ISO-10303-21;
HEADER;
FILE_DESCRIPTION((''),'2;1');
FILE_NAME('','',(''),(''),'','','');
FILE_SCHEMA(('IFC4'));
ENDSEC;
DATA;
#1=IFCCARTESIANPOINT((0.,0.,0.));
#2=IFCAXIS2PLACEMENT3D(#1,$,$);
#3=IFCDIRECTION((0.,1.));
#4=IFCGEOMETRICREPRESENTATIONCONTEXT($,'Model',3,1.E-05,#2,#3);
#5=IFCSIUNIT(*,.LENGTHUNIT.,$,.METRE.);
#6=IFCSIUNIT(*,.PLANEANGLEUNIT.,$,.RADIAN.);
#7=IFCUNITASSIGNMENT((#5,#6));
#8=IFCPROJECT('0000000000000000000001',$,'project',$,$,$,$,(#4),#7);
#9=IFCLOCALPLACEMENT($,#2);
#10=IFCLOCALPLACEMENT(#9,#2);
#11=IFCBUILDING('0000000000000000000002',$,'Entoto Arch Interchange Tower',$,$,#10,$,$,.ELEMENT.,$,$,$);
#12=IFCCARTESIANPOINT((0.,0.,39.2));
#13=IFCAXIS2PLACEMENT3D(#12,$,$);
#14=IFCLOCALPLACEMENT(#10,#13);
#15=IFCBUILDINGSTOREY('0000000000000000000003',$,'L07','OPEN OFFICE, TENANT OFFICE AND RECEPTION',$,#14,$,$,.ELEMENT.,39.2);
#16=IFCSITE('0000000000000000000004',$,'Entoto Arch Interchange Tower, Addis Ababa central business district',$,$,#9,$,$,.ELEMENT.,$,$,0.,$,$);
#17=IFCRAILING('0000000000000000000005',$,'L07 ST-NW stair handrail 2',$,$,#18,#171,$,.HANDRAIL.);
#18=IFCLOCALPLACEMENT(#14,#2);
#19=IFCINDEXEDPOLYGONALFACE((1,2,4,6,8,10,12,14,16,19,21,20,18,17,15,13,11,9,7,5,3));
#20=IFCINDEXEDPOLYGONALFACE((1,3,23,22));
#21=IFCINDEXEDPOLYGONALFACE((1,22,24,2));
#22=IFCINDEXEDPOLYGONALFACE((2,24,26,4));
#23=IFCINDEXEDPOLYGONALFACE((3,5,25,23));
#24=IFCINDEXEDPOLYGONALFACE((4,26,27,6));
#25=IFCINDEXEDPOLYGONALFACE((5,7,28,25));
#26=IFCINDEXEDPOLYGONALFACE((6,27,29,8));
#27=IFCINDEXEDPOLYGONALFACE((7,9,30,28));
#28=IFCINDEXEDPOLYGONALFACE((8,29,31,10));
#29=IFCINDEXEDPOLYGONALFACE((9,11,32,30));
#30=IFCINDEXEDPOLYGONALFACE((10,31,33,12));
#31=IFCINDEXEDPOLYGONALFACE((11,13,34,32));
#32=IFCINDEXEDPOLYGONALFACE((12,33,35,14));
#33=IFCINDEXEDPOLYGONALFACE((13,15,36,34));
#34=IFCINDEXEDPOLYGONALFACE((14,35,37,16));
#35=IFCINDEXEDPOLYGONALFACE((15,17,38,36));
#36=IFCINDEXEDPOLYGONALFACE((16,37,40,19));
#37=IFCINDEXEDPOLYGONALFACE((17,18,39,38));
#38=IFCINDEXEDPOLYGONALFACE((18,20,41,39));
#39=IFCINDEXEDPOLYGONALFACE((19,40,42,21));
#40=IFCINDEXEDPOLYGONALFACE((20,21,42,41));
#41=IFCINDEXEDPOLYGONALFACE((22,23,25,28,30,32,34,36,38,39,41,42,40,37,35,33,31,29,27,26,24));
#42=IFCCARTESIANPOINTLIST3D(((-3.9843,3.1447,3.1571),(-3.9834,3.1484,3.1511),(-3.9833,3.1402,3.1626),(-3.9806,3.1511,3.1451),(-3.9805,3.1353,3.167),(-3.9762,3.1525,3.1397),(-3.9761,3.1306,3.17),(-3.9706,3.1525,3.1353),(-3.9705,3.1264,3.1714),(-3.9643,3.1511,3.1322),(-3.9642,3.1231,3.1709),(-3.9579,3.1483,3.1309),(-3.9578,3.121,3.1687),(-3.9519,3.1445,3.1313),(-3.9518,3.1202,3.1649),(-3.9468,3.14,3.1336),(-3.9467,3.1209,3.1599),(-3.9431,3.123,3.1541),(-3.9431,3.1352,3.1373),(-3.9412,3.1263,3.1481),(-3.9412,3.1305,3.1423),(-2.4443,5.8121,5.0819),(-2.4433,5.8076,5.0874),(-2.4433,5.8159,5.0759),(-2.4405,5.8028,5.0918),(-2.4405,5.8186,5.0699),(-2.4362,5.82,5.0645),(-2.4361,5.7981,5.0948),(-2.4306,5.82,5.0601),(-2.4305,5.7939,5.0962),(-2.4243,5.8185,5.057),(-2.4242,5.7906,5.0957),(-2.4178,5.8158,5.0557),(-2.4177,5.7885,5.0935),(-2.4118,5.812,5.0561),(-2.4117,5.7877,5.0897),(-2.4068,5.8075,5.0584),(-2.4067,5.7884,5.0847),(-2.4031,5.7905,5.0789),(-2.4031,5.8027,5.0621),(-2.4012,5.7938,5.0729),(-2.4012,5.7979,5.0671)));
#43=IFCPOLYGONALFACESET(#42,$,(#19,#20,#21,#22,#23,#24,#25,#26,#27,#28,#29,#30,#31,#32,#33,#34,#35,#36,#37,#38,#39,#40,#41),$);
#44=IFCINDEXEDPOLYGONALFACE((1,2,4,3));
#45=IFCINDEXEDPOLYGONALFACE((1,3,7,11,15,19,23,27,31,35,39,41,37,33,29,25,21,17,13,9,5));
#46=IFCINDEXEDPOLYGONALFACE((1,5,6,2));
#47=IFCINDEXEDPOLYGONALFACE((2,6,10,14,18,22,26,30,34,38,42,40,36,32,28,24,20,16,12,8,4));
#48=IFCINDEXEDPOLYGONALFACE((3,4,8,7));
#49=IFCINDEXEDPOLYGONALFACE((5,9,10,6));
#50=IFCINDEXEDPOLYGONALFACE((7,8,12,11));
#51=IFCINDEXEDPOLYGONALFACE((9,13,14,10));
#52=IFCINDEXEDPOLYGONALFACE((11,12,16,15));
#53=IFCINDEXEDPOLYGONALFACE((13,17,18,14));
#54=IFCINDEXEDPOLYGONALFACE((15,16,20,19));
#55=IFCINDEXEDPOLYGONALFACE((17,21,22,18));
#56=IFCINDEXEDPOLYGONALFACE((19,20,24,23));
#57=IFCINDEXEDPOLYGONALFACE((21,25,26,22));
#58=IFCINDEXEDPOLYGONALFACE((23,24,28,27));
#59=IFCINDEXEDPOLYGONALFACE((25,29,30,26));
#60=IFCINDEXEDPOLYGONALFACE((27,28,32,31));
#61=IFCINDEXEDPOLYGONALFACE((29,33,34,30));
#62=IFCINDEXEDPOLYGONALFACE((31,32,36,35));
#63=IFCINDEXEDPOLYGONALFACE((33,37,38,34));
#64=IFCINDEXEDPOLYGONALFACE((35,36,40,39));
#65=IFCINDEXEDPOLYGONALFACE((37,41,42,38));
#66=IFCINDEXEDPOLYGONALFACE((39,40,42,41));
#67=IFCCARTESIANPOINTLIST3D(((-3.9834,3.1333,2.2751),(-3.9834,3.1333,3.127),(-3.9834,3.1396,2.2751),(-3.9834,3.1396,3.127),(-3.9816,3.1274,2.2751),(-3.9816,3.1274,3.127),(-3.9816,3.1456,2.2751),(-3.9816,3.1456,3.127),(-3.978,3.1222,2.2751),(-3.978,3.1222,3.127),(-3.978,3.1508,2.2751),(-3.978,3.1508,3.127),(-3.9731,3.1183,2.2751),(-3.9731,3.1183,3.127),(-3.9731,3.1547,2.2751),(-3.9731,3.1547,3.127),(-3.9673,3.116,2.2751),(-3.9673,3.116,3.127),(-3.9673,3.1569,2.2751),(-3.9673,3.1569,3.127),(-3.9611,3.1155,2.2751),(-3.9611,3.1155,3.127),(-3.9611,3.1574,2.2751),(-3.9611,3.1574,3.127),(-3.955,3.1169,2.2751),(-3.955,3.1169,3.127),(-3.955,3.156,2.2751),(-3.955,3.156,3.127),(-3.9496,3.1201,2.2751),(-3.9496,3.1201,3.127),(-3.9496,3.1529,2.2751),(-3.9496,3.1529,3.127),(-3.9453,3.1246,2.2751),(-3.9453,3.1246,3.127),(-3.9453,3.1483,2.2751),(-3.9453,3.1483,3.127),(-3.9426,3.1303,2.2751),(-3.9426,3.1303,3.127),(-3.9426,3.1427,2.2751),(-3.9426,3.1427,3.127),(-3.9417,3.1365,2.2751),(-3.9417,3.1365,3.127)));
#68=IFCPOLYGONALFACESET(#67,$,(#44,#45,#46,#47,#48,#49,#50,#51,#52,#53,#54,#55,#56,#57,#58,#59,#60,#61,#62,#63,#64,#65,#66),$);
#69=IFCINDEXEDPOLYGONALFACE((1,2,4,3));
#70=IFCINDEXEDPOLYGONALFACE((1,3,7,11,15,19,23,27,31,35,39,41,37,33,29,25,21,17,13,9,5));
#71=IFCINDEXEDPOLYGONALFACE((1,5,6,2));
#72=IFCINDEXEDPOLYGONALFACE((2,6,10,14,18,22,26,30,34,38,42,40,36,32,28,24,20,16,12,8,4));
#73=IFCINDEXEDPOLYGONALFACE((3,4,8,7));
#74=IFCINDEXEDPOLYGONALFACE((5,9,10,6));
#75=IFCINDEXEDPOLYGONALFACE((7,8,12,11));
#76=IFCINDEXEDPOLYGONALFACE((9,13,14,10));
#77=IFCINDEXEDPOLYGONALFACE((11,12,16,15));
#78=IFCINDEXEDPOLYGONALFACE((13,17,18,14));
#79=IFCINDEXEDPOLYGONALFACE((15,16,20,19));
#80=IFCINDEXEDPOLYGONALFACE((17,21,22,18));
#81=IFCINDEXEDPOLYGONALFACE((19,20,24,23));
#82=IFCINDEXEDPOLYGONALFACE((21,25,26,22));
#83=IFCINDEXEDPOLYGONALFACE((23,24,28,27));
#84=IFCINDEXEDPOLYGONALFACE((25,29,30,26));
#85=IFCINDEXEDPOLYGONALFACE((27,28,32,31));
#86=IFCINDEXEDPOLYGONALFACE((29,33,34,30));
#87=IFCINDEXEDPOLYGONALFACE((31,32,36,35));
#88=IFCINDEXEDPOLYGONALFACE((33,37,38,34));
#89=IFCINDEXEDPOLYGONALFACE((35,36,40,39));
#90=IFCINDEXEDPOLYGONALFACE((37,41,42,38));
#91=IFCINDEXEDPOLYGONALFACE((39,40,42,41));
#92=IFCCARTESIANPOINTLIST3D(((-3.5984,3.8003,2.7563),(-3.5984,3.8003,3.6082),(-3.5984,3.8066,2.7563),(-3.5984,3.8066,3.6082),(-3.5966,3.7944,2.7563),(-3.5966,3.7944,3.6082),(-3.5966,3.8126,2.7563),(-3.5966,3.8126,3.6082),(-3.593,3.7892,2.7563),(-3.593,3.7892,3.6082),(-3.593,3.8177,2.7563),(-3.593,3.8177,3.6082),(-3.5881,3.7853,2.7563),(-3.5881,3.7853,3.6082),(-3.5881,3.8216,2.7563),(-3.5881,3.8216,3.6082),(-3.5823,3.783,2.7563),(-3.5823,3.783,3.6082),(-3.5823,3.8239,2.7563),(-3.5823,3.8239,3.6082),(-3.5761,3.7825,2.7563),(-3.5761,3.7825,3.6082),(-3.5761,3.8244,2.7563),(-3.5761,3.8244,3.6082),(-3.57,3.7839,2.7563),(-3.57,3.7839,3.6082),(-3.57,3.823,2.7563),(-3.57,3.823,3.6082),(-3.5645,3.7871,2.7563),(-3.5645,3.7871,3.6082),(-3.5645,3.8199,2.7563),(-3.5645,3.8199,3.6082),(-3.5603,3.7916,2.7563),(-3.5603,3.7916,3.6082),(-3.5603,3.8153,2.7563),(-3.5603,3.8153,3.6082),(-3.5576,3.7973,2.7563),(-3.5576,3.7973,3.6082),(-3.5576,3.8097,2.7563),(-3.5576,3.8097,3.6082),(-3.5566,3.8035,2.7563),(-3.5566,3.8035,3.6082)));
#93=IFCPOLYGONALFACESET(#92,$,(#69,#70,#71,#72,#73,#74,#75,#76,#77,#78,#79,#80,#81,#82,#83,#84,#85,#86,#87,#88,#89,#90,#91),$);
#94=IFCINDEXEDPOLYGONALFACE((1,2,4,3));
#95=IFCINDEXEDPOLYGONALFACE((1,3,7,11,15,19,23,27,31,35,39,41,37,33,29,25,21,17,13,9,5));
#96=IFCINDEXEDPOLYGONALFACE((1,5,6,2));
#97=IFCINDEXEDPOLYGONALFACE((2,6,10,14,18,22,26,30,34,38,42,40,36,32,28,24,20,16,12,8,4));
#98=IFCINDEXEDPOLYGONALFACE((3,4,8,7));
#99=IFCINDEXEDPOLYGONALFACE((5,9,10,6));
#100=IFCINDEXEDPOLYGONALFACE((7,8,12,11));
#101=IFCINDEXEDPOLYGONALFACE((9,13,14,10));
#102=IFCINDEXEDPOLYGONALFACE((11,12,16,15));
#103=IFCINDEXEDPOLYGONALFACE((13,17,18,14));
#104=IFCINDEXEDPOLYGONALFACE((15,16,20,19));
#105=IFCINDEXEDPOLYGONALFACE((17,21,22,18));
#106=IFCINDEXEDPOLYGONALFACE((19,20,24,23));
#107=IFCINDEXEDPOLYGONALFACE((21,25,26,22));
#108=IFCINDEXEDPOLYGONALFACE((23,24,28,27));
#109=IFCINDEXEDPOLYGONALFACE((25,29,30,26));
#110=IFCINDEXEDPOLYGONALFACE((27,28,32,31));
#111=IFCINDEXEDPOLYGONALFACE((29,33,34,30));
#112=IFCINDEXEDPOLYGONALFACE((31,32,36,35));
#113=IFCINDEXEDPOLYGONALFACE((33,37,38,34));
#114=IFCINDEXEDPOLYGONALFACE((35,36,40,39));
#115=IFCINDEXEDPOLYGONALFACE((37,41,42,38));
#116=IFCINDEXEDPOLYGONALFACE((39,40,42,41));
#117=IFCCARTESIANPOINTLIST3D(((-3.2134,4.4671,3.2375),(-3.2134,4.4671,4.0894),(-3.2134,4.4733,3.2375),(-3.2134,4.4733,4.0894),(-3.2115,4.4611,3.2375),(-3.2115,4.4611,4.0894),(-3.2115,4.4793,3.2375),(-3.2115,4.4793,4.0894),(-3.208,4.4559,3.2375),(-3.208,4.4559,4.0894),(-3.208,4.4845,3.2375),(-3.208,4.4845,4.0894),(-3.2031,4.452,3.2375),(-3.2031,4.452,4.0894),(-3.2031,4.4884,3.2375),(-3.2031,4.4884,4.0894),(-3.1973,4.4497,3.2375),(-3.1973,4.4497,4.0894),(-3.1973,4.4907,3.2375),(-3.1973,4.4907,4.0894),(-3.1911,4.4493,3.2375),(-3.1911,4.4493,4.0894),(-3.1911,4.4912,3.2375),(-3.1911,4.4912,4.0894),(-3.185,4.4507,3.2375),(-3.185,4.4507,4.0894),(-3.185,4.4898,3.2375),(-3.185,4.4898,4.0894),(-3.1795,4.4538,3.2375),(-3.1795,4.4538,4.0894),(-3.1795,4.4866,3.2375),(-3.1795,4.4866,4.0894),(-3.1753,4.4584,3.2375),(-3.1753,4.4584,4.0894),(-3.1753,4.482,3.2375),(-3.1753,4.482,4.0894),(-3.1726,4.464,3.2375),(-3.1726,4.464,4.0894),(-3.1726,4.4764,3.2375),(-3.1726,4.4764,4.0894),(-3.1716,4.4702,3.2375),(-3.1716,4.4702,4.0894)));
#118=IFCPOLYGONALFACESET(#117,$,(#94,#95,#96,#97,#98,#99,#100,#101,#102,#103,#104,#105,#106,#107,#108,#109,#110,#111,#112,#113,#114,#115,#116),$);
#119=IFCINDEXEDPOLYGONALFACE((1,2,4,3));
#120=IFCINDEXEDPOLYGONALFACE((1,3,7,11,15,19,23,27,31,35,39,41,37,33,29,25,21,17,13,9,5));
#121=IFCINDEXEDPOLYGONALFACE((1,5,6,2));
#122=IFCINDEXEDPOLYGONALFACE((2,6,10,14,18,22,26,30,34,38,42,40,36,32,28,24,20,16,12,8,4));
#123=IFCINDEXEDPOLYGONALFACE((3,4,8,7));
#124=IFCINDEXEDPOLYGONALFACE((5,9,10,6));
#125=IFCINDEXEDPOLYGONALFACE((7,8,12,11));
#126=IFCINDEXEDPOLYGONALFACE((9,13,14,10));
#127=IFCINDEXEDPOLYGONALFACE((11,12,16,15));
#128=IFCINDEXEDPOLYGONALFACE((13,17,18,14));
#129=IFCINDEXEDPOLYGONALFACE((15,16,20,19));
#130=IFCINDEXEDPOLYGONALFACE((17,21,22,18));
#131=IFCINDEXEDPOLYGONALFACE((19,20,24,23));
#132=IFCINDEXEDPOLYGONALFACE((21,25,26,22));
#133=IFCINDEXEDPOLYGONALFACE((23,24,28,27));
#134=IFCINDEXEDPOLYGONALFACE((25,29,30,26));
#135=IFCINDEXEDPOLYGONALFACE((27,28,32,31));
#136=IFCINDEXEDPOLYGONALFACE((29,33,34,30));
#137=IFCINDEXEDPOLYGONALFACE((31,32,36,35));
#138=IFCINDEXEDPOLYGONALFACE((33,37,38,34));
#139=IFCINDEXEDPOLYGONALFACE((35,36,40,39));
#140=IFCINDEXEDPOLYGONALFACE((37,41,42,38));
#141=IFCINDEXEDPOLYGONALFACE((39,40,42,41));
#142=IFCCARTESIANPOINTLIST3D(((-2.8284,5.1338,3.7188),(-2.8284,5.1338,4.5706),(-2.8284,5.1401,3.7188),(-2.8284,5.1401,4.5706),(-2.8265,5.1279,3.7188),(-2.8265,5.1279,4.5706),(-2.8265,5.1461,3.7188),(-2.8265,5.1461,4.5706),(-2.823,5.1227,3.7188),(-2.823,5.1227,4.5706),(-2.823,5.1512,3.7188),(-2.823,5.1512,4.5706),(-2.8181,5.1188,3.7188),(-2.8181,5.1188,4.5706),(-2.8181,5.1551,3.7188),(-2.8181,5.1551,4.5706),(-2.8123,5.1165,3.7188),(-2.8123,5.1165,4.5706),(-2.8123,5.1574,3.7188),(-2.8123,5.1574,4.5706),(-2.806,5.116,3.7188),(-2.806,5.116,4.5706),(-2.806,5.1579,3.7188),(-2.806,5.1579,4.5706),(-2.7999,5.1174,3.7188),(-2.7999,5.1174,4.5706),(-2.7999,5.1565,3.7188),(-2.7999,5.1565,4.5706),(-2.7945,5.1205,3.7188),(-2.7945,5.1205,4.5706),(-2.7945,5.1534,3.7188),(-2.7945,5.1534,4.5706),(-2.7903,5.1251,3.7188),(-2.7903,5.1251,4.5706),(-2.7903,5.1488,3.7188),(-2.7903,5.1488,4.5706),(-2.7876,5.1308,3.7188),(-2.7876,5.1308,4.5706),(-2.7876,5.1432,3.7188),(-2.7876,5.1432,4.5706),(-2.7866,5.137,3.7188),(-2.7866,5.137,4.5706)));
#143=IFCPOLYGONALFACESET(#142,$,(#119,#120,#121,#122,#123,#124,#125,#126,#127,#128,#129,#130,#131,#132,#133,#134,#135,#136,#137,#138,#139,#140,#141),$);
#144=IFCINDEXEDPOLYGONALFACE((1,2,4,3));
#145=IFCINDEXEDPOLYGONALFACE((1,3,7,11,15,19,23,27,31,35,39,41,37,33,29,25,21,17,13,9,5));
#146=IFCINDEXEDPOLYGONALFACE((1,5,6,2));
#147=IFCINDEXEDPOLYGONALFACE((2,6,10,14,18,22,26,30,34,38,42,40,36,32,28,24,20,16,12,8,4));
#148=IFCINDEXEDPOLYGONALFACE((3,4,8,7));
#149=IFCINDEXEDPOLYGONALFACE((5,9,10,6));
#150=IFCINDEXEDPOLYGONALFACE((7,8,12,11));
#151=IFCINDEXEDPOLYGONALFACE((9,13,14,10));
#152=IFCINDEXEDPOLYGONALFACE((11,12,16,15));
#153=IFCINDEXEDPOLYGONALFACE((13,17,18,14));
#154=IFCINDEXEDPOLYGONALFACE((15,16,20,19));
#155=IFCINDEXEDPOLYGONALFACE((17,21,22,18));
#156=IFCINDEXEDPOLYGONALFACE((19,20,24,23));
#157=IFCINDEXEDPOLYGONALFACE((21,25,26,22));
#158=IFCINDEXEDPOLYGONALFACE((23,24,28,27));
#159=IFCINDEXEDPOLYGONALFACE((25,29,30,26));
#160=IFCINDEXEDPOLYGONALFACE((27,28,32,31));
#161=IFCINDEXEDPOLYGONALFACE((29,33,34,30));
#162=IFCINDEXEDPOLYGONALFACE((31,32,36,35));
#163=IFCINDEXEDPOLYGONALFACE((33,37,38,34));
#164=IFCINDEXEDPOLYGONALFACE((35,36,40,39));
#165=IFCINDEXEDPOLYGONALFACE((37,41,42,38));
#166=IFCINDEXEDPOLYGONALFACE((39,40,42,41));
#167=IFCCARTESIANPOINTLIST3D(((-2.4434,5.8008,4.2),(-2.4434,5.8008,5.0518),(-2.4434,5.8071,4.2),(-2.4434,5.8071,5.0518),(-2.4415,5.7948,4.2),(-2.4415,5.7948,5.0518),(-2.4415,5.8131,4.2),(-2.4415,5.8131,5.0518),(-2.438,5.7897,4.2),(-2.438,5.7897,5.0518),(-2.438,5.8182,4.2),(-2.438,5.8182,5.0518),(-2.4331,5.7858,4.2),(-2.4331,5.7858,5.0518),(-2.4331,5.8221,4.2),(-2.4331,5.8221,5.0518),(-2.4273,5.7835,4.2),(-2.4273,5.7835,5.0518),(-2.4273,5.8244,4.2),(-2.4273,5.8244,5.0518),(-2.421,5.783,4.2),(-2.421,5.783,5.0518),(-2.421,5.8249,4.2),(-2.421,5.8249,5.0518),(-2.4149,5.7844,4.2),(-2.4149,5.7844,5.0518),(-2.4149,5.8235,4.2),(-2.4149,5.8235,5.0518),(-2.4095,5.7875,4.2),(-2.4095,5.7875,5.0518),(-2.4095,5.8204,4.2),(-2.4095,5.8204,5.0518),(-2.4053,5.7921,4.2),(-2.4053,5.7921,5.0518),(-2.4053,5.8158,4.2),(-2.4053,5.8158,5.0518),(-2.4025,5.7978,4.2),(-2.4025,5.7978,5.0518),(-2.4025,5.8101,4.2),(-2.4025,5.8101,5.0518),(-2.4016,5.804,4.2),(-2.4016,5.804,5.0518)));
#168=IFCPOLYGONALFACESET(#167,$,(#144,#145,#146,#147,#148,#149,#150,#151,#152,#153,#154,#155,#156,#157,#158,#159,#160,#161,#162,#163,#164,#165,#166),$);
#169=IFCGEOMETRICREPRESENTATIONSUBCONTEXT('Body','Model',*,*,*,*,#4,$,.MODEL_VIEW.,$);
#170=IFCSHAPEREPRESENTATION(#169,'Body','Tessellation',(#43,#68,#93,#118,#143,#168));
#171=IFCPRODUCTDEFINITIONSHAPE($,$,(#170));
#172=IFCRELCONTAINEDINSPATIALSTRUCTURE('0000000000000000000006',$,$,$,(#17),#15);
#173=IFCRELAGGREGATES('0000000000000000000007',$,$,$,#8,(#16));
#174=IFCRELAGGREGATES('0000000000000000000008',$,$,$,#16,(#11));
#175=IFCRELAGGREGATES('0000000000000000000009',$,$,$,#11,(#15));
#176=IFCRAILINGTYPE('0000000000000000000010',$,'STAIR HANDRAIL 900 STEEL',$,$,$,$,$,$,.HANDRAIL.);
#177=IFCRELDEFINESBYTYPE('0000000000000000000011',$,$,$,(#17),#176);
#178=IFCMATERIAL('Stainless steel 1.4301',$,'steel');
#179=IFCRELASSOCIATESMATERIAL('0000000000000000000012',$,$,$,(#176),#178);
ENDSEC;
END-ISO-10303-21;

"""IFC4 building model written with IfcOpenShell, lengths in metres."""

from ifc_helpers import new_model, si_unit, direction, frame, origin, origin_2d, place, context, subcontext, project, spatial, circle, extrude, material, type_object, element, save


model = new_model("IFC4")

# Units and contexts
model_context = context("Model", 3, precision=1e-05, world=origin(), true_north=direction((0.0, 1.0)))
body_context = subcontext(model_context, "Body", "Model", "MODEL_VIEW")
ifc_project = project(units=[si_unit("LENGTHUNIT", "METRE"), si_unit("PLANEANGLEUNIT", "RADIAN")], contexts=[model_context])

# Site, building, storey
site_placement = place(None, origin())
site = spatial("IfcSite", under=ifc_project, at=site_placement, Name="Entoto Arch Interchange Tower, Addis Ababa central business district", CompositionType="ELEMENT", RefElevation=0.0)
building_placement = place(site_placement, origin())
building = spatial("IfcBuilding", under=site, at=building_placement, Name="Entoto Arch Interchange Tower", CompositionType="ELEMENT")
storey_placement = place(building_placement, frame((0.0, 0.0, 39.2)))
storey = spatial("IfcBuildingStorey", under=building, at=storey_placement, Name="L07", Description="OPEN OFFICE, TENANT OFFICE AND RECEPTION", CompositionType="ELEMENT", Elevation=39.2)

# Railing
ifc_material_1 = material(Name="Stainless steel 1.4301", Category="steel")
railing_type_1 = type_object("IfcRailingType", Name="STAIR HANDRAIL 900 STEEL", PredefinedType="HANDRAIL", material=ifc_material_1)
railing_1_placement = place(storey_placement, frame((-3.9626, 3.1365, 2.2751)))
element("IfcRailing", 1, at=railing_1_placement, inside=storey, type_object=railing_type_1, Name="L07 ST-NW stair handrail 2", PredefinedType="HANDRAIL", context=body_context, shape_type="SweptSolid", body=[
    extrude(circle(Radius=0.0239, at=origin_2d()), frame((0.0, 0.0, 0.876), z_axis=(0.42401, 0.734421, 0.529945), x_axis=(-0.86603, 0.499992, 0.0)), (0.0, 0.0, 1.0), 3.6321),
    extrude(circle(Radius=0.021, at=origin_2d()), origin(), (0.0, 0.0, 1.0), 0.8518),
    extrude(circle(Radius=0.021, at=origin_2d()), frame((0.385, 0.667, 0.4812)), (0.0, 0.0, 1.0), 0.8518),
    extrude(circle(Radius=0.021, at=origin_2d()), frame((0.77, 1.3337, 0.9624)), (0.0, 0.0, 1.0), 0.8518),
    extrude(circle(Radius=0.021, at=origin_2d()), frame((1.155, 2.0005, 1.4436)), (0.0, 0.0, 1.0), 0.8518),
    extrude(circle(Radius=0.021, at=origin_2d()), frame((1.54, 2.6675, 1.9248)), (0.0, 0.0, 1.0), 0.8518),
])

save(model, "model.ifc")
